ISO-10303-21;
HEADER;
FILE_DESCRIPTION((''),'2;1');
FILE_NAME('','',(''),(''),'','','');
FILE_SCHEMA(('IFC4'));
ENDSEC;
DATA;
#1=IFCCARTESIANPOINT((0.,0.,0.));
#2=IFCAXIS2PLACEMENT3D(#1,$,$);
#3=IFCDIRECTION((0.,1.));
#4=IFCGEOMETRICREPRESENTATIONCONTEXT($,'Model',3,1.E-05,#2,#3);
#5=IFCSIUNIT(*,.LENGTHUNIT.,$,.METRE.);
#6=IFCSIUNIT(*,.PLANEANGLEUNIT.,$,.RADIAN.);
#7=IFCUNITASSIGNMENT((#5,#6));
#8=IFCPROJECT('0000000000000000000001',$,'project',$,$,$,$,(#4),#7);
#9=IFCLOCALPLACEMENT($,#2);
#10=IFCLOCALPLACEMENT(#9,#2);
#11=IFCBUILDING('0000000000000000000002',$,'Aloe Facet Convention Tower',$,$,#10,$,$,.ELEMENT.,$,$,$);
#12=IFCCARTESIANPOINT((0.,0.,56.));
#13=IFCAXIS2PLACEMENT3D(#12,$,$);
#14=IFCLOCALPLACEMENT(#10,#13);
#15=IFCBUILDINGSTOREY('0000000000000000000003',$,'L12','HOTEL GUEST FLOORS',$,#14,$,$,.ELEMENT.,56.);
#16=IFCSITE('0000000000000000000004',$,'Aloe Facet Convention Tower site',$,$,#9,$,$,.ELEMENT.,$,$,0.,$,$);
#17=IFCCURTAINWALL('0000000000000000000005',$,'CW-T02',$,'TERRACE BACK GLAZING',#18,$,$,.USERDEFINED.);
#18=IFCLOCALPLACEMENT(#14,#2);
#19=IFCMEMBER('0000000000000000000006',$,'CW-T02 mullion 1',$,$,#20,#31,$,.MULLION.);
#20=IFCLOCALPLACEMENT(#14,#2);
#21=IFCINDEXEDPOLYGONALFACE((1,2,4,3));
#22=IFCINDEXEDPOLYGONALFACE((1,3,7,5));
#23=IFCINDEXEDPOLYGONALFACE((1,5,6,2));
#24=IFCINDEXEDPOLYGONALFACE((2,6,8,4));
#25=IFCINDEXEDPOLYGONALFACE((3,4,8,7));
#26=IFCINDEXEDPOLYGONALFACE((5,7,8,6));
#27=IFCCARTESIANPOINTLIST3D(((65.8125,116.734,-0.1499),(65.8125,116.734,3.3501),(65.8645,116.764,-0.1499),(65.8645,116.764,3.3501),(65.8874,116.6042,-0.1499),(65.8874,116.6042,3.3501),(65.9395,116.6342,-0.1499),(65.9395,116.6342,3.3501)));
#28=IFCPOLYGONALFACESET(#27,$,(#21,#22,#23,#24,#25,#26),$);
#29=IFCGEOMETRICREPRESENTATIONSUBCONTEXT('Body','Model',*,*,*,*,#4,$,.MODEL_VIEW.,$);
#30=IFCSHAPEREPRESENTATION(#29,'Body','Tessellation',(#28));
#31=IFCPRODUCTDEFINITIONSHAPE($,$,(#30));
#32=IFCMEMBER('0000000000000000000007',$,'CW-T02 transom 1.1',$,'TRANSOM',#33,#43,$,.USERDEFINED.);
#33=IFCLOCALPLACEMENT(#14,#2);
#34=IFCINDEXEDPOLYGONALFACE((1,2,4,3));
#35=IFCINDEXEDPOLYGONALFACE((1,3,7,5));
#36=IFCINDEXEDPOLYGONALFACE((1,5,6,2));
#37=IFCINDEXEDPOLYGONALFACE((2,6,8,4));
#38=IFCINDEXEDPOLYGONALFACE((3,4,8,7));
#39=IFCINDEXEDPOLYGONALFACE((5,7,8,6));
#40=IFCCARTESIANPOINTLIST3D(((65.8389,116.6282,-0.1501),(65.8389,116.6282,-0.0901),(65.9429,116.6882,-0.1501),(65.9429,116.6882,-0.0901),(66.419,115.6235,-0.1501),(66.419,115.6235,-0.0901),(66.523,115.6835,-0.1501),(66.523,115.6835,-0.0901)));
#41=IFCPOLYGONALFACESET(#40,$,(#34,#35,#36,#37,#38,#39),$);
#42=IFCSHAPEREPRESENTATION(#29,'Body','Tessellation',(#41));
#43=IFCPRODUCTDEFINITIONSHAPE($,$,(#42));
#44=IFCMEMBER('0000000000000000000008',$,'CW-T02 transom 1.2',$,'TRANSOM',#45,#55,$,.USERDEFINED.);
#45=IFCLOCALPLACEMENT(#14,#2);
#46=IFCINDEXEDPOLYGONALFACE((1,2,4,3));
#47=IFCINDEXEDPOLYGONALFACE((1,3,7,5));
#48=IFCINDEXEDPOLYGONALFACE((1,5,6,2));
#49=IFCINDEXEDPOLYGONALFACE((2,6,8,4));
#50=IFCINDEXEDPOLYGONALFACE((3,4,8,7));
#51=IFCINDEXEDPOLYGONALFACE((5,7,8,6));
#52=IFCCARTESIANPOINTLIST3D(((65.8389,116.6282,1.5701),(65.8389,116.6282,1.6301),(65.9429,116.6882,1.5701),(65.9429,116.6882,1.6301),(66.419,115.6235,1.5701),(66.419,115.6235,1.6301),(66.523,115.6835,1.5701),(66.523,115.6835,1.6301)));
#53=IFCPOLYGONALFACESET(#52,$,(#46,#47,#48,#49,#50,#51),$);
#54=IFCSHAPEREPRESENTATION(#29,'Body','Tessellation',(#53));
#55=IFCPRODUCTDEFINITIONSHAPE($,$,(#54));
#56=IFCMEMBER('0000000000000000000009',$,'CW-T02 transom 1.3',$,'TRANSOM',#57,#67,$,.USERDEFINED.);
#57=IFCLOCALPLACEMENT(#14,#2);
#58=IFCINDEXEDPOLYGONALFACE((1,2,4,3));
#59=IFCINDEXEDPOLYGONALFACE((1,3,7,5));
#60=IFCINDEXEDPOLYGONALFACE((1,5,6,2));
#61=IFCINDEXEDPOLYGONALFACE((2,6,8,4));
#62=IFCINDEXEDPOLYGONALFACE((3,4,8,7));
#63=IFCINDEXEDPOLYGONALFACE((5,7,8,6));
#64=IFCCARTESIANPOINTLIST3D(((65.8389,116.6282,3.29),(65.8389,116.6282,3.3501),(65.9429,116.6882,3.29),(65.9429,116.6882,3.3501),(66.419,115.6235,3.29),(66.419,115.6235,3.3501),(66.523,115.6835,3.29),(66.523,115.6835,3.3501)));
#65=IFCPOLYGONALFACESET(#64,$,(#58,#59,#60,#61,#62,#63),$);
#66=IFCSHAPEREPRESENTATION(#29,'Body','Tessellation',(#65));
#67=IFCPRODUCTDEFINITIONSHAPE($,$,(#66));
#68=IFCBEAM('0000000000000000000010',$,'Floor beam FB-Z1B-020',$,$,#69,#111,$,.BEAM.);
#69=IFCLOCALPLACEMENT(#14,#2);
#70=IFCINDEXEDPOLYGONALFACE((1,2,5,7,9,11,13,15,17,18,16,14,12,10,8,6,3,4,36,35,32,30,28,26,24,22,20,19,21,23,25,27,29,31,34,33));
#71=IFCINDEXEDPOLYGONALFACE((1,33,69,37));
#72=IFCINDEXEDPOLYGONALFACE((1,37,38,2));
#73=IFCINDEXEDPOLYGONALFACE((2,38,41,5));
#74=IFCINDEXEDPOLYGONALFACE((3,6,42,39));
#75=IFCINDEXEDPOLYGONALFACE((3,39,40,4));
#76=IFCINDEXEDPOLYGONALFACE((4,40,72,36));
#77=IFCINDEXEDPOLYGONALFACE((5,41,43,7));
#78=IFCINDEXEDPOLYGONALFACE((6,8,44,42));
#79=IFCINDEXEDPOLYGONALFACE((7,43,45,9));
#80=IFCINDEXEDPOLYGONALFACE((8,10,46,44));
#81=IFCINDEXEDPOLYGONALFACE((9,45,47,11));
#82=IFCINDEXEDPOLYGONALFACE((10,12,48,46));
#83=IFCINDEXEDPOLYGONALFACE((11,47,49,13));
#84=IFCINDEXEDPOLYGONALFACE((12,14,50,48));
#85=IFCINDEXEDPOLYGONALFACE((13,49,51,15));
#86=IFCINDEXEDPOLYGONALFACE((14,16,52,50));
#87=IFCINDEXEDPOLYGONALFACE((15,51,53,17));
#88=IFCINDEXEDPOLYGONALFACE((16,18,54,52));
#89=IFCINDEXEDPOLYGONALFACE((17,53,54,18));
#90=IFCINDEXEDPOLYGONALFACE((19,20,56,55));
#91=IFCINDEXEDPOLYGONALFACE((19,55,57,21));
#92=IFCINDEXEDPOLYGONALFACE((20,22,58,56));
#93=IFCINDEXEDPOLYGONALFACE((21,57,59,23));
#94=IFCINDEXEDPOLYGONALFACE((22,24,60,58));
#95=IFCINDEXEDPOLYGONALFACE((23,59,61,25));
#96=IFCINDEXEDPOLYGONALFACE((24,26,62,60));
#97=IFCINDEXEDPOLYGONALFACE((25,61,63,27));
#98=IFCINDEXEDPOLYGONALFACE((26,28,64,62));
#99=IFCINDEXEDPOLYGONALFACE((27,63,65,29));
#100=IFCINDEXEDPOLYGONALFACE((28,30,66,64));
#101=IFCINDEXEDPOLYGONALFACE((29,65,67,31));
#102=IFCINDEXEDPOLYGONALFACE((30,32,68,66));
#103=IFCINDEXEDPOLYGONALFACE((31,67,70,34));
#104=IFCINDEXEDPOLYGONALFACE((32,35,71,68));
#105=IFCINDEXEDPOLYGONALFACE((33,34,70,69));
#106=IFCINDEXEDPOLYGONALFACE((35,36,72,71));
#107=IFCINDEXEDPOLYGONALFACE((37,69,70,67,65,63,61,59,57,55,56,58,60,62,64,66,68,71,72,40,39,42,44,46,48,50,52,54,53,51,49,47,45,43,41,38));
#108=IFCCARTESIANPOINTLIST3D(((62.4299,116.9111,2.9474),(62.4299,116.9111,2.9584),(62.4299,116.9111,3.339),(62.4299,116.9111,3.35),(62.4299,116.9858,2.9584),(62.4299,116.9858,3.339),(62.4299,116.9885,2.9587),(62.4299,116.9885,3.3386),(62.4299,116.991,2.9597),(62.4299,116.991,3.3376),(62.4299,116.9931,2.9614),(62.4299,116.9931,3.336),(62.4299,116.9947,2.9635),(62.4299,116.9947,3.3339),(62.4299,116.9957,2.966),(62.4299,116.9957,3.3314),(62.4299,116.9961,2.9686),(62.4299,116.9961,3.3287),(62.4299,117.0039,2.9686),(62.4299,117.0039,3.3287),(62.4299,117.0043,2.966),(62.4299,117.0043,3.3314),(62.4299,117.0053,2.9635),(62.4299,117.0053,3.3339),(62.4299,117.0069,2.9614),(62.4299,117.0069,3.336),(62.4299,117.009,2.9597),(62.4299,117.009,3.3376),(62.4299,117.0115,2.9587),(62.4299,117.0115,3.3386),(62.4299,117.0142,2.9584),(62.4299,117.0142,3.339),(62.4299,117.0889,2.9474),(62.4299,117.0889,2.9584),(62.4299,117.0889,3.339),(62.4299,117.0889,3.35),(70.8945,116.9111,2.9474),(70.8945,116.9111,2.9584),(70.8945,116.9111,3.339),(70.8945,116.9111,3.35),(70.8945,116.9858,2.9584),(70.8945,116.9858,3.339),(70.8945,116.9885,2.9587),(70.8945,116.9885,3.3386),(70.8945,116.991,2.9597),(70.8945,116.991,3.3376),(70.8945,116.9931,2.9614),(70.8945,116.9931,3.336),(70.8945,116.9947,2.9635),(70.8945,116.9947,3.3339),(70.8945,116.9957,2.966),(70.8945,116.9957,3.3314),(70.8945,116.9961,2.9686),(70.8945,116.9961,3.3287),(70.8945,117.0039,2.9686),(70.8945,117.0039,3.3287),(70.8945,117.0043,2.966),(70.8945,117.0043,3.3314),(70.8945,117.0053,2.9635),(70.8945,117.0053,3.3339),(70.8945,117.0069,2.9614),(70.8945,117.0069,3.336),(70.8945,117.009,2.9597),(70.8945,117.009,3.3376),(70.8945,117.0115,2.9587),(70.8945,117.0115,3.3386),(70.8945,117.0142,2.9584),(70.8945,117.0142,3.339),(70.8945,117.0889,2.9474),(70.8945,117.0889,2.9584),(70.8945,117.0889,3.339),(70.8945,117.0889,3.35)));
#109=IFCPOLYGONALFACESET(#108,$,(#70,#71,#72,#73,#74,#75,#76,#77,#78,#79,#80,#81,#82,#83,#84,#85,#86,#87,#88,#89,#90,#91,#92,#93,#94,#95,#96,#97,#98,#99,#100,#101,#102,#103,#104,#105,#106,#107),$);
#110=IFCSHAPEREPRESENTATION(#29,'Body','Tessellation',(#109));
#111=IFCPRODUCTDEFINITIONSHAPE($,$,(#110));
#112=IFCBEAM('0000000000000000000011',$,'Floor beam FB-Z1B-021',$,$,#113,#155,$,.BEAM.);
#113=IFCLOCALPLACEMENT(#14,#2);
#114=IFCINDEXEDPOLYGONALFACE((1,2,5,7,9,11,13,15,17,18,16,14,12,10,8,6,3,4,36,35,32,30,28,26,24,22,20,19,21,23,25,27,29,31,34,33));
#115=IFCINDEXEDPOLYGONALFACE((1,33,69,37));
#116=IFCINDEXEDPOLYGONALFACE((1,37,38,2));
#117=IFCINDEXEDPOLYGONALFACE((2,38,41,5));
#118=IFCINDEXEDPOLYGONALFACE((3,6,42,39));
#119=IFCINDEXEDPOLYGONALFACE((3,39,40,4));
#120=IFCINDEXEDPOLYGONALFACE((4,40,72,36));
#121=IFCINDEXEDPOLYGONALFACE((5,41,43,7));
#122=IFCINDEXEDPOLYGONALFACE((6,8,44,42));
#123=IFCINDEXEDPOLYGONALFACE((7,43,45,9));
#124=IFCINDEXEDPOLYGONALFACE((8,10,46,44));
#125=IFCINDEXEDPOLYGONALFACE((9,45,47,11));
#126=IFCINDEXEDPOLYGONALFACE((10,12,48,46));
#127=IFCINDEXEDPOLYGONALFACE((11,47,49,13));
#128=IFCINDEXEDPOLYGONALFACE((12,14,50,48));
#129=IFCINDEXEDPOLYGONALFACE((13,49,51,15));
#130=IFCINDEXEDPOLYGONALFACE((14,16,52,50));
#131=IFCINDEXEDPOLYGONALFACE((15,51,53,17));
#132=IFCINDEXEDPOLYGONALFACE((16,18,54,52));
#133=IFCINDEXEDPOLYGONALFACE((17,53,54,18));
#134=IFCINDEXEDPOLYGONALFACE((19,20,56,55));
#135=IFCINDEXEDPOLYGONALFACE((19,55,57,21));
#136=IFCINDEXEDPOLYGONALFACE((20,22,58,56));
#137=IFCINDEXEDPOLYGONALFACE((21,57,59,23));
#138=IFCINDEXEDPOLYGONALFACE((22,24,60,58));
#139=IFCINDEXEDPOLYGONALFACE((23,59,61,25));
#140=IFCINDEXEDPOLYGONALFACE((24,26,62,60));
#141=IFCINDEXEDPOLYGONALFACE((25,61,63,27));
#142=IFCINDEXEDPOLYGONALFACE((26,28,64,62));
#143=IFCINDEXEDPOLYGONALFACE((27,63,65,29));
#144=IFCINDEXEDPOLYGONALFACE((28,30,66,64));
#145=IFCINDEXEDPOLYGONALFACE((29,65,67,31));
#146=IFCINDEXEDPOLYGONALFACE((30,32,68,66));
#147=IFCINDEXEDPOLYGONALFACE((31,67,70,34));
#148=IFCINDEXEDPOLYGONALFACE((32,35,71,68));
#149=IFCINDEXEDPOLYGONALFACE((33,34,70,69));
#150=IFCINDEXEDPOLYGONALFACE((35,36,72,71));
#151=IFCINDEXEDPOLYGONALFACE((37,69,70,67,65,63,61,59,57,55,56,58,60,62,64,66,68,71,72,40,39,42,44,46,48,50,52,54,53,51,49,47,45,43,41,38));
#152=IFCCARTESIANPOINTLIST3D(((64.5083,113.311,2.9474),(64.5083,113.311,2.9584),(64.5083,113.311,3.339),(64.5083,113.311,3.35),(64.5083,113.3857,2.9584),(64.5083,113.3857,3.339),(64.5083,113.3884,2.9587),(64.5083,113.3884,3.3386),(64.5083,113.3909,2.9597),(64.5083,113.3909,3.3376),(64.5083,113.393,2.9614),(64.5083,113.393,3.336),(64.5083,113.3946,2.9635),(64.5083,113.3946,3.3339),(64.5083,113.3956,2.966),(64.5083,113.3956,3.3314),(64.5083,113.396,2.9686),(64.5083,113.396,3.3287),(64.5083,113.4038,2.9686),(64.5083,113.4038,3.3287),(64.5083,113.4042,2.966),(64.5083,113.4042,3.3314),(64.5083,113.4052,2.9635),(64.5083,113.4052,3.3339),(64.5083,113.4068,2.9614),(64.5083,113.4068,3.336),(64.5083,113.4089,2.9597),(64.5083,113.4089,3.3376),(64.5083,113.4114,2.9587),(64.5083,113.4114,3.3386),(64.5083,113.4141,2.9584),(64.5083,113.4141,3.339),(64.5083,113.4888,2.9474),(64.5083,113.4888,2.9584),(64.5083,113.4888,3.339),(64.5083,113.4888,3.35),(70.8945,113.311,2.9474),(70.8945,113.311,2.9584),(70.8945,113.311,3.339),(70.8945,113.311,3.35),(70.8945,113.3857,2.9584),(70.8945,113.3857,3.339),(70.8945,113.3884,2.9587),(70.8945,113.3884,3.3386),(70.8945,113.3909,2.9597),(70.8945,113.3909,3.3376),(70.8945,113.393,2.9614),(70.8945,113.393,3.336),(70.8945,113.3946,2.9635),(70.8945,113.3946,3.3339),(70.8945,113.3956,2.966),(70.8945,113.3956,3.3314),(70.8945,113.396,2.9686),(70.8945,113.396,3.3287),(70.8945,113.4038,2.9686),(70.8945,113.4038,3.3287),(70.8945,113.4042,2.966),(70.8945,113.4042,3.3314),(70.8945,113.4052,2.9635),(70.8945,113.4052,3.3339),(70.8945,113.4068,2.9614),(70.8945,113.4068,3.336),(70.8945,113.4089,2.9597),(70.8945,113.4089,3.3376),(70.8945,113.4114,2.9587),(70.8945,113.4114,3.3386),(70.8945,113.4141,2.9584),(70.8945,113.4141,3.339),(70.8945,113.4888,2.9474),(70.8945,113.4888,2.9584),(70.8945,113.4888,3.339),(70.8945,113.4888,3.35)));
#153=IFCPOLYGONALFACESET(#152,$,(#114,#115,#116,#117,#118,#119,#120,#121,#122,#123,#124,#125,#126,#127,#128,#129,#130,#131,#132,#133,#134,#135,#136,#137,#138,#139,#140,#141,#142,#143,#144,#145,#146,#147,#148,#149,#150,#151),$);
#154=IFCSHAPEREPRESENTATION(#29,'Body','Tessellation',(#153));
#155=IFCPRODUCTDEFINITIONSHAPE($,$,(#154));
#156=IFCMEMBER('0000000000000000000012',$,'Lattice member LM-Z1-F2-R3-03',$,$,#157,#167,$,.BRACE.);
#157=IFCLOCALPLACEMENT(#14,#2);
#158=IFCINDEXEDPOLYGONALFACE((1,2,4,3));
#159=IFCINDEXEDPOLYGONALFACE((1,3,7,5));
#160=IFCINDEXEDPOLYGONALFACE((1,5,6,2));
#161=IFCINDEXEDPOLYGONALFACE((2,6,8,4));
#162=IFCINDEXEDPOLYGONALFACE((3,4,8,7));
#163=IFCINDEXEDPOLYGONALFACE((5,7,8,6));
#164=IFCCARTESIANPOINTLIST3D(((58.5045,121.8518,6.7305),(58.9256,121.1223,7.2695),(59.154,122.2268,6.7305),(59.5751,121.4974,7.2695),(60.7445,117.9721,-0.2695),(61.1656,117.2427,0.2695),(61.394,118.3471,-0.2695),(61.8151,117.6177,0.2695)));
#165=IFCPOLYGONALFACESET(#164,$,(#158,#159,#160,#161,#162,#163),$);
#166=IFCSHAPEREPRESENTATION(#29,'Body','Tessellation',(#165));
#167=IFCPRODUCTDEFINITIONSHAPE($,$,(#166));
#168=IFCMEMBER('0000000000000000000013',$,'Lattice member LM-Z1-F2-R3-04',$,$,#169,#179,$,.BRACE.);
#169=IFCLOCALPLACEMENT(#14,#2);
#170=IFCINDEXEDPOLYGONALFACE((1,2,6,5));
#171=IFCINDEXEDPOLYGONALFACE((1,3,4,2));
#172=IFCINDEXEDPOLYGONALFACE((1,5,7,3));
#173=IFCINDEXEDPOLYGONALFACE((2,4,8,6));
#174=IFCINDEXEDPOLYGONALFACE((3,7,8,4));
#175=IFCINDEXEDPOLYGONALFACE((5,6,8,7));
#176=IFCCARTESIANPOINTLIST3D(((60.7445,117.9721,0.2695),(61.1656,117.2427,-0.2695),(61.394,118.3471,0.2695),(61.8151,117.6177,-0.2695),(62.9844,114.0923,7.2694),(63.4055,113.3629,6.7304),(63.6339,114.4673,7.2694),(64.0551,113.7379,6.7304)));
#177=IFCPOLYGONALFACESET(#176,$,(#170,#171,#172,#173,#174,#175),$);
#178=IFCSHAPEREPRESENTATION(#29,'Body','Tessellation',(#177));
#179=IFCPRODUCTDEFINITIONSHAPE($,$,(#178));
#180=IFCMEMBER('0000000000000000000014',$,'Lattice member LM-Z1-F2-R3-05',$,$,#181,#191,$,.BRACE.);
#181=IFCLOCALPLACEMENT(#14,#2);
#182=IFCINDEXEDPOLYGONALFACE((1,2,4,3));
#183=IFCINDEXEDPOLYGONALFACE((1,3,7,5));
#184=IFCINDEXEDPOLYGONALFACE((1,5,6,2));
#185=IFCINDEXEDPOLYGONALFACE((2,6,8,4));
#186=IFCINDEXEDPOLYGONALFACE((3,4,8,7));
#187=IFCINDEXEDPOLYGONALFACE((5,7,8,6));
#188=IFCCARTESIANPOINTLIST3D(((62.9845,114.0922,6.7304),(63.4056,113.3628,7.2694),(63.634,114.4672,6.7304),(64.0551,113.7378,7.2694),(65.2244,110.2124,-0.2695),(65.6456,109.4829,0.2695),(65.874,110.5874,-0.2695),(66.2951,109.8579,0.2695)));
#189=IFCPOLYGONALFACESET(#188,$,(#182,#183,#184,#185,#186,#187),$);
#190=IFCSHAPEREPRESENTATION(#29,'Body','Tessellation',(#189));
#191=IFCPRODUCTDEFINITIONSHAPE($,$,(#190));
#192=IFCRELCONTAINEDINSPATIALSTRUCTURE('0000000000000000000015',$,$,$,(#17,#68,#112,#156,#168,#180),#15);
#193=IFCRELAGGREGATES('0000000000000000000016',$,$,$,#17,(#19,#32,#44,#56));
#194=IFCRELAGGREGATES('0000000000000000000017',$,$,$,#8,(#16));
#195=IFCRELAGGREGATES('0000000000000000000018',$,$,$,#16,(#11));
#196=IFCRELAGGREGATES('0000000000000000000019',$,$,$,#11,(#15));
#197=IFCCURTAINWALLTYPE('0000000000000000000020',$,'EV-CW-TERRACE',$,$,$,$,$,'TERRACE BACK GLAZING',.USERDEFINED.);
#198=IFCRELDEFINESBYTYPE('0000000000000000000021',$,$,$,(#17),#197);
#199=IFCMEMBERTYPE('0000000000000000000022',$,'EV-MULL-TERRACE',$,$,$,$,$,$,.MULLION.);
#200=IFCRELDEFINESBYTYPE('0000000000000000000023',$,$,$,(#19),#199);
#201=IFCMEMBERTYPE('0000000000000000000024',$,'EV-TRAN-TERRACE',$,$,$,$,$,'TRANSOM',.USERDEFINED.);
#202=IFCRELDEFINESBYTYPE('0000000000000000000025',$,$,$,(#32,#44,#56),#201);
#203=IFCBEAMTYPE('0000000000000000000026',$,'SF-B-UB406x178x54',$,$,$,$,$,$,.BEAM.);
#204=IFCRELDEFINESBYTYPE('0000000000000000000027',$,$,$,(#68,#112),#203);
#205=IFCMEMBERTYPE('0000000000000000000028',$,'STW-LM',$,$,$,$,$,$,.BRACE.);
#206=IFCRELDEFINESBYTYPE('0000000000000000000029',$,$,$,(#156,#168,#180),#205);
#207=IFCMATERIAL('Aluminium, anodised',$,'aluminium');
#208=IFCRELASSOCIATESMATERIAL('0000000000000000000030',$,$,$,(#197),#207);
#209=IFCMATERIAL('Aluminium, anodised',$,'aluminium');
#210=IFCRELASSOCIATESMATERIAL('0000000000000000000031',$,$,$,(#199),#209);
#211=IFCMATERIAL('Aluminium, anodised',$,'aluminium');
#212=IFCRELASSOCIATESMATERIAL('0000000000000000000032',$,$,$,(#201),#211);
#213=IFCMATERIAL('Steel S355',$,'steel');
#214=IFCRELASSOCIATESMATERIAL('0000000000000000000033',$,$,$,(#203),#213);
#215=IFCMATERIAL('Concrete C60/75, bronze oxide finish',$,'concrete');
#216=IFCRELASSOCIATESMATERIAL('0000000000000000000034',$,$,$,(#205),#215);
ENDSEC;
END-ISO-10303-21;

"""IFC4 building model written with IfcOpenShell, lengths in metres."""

from ifc_helpers import new_model, si_unit, direction, frame, origin, origin_2d, place, context, subcontext, project, spatial, rectangle, i_section, extrude, material, material_profile, profile_set, type_object, element, aggregate, save


model = new_model("IFC4")

# Units and contexts
model_context = context("Model", 3, precision=1e-05, world=origin(), true_north=direction((0.0, 1.0)))
body_context = subcontext(model_context, "Body", "Model", "MODEL_VIEW")
ifc_project = project(units=[si_unit("LENGTHUNIT", "METRE"), si_unit("PLANEANGLEUNIT", "RADIAN")], contexts=[model_context])

# Site, building, storey
site_placement = place(None, origin())
site = spatial("IfcSite", under=ifc_project, at=site_placement, Name="Aloe Facet Convention Tower site", CompositionType="ELEMENT", RefElevation=0.0)
building_placement = place(site_placement, origin())
building = spatial("IfcBuilding", under=site, at=building_placement, Name="Aloe Facet Convention Tower", CompositionType="ELEMENT")
storey_placement = place(building_placement, frame((0.0, 0.0, 56.0)))
storey = spatial("IfcBuildingStorey", under=building, at=storey_placement, Name="L12", Description="HOTEL GUEST FLOORS", CompositionType="ELEMENT", Elevation=56.0)

# Curtain wall, members
ifc_material_1 = material(Name="Aluminium, anodised", Category="aluminium")
curtain_wall_type = type_object("IfcCurtainWallType", Name="EV-CW-TERRACE", ElementType="TERRACE BACK GLAZING", PredefinedType="USERDEFINED", material=ifc_material_1)
curtain_wall_placement = place(storey_placement, origin())
curtain_wall = element("IfcCurtainWall", 1, at=curtain_wall_placement, inside=storey, type_object=curtain_wall_type, Name="CW-T02", ObjectType="TERRACE BACK GLAZING", PredefinedType="USERDEFINED")
ifc_material_2 = material(Name="Aluminium, anodised", Category="aluminium")
ifc_material_profile_1 = material_profile(ifc_material_2, rectangle(XDim=0.0601, YDim=0.1499, at=origin_2d()), Name="AL 60x150")
ifc_profile_set_1 = profile_set([ifc_material_profile_1], Name="Aluminium, anodised")
member_type_1 = type_object("IfcMemberType", Name="EV-MULL-TERRACE", PredefinedType="MULLION", material=ifc_profile_set_1)
member_1_placement = place(storey_placement, frame((65.876, 116.6841, -0.1499), z_axis=(0.0, 0.0, 1.0), x_axis=(0.866025, 0.5, 0.0)))
member_1 = element("IfcMember", 2, at=member_1_placement, type_object=member_type_1, Name="CW-T02 mullion 1", PredefinedType="MULLION", context=body_context, shape_type="SweptSolid", body=[
    extrude(rectangle(XDim=0.0601, YDim=0.1499, at=origin_2d()), origin(), (0.0, 0.0, 1.0), 3.5),
])
ifc_material_3 = material(Name="Aluminium, anodised", Category="aluminium")
ifc_material_profile_2 = material_profile(ifc_material_3, rectangle(XDim=0.1201, YDim=0.0601, at=origin_2d()), Name="AL 120x60")
ifc_profile_set_2 = profile_set([ifc_material_profile_2], Name="Aluminium, anodised")
member_type_2 = type_object("IfcMemberType", Name="EV-TRAN-TERRACE", ElementType="TRANSOM", PredefinedType="USERDEFINED", material=ifc_profile_set_2)
member_2_placement = place(storey_placement, frame((65.8909, 116.6582, -0.1201), z_axis=(0.500032, -0.866007, 0.0), x_axis=(0.866007, 0.500032, 0.0)))
member_2 = element("IfcMember", 3, at=member_2_placement, type_object=member_type_2, Name="CW-T02 transom 1.1", ObjectType="TRANSOM", PredefinedType="USERDEFINED", context=body_context, shape_type="SweptSolid", body=[
    extrude(rectangle(XDim=0.1201, YDim=0.0601, at=origin_2d()), origin(), (0.0, 0.0, 1.0), 1.1602),
])
member_3_placement = place(storey_placement, frame((65.8909, 116.6582, 1.6001), z_axis=(0.500032, -0.866007, 0.0), x_axis=(0.866007, 0.500032, 0.0)))
member_3 = element("IfcMember", 4, at=member_3_placement, type_object=member_type_2, Name="CW-T02 transom 1.2", ObjectType="TRANSOM", PredefinedType="USERDEFINED", context=body_context, shape_type="SweptSolid", body=[
    extrude(rectangle(XDim=0.1201, YDim=0.0601, at=origin_2d()), origin(), (0.0, 0.0, 1.0), 1.1602),
])
member_4_placement = place(storey_placement, frame((65.8909, 116.6582, 3.3201), z_axis=(0.500032, -0.866007, 0.0), x_axis=(0.866007, 0.500032, 0.0)))
member_4 = element("IfcMember", 5, at=member_4_placement, type_object=member_type_2, Name="CW-T02 transom 1.3", ObjectType="TRANSOM", PredefinedType="USERDEFINED", context=body_context, shape_type="SweptSolid", body=[
    extrude(rectangle(XDim=0.1201, YDim=0.0601, at=origin_2d()), origin(), (0.0, 0.0, 1.0), 1.1602),
])

# Beams
ifc_material_4 = material(Name="Steel S355", Category="steel")
ifc_material_profile_3 = material_profile(ifc_material_4, i_section(OverallWidth=0.1777, OverallDepth=0.4026, WebThickness=0.0078, FlangeThickness=0.011, FilletRadius=0.0103, at=origin_2d()), Name="UB 406x178x54")
ifc_profile_set_3 = profile_set([ifc_material_profile_3], Name="Steel S355")
beam_type = type_object("IfcBeamType", Name="SF-B-UB406x178x54", PredefinedType="BEAM", material=ifc_profile_set_3)
beam_1_placement = place(storey_placement, frame((62.4299, 117.0, 3.1487), z_axis=(1.0, 0.0, 0.0), x_axis=(0.0, 1.0, 0.0)))
element("IfcBeam", 6, at=beam_1_placement, inside=storey, type_object=beam_type, Name="Floor beam FB-Z1B-020", PredefinedType="BEAM", context=body_context, shape_type="SweptSolid", body=[
    extrude(i_section(OverallWidth=0.1777, OverallDepth=0.4026, WebThickness=0.0078, FlangeThickness=0.011, FilletRadius=0.0103, at=origin_2d()), origin(), (0.0, 0.0, 1.0), 8.4646),
])
beam_2_placement = place(storey_placement, frame((64.5083, 113.3999, 3.1487), z_axis=(1.0, 0.0, 0.0), x_axis=(0.0, 1.0, 0.0)))
element("IfcBeam", 7, at=beam_2_placement, inside=storey, type_object=beam_type, Name="Floor beam FB-Z1B-021", PredefinedType="BEAM", context=body_context, shape_type="SweptSolid", body=[
    extrude(i_section(OverallWidth=0.1777, OverallDepth=0.4026, WebThickness=0.0078, FlangeThickness=0.011, FilletRadius=0.0103, at=origin_2d()), origin(), (0.0, 0.0, 1.0), 6.3862),
])

# Members
ifc_material_5 = material(Name="Concrete C60/75, bronze oxide finish", Category="concrete")
ifc_material_profile_4 = material_profile(ifc_material_5, rectangle(XDim=0.75, YDim=1.0, at=origin_2d()), Name="STW-LM")
ifc_profile_set_4 = profile_set([ifc_material_profile_4], Name="Concrete C60/75, bronze oxide finish")
member_type_3 = type_object("IfcMemberType", Name="STW-LM", PredefinedType="BRACE", material=ifc_profile_set_4)
for number, where, z_axis, x_axis, name in (
    (8, (61.2798, 117.7949, 0.0), (-0.269528, 0.46682, 0.842279), (-0.866018, -0.500013, 0.0), "Lattice member LM-Z1-F2-R3-03"),
    (9, (61.2798, 117.7949, 0.0), (0.269524, -0.466843, 0.842267), (0.866031, 0.49999, 0.0), "Lattice member LM-Z1-F2-R3-04"),
    (10, (65.7598, 110.0352, 0.0), (-0.269524, 0.466843, 0.842267), (-0.866031, -0.49999, 0.0), "Lattice member LM-Z1-F2-R3-05"),
):
    element("IfcMember", number, at=place(storey_placement, frame(where, z_axis=z_axis, x_axis=x_axis)), inside=storey, type_object=member_type_3, Name=name, PredefinedType="BRACE", context=body_context, shape_type="SweptSolid", body=[
        extrude(rectangle(XDim=0.75, YDim=1.0, at=origin_2d()), origin(), (0.0, 0.0, 1.0), 8.3108),
    ])

aggregate(curtain_wall, [member_1, member_2, member_3, member_4])

save(model, "model.ifc")
